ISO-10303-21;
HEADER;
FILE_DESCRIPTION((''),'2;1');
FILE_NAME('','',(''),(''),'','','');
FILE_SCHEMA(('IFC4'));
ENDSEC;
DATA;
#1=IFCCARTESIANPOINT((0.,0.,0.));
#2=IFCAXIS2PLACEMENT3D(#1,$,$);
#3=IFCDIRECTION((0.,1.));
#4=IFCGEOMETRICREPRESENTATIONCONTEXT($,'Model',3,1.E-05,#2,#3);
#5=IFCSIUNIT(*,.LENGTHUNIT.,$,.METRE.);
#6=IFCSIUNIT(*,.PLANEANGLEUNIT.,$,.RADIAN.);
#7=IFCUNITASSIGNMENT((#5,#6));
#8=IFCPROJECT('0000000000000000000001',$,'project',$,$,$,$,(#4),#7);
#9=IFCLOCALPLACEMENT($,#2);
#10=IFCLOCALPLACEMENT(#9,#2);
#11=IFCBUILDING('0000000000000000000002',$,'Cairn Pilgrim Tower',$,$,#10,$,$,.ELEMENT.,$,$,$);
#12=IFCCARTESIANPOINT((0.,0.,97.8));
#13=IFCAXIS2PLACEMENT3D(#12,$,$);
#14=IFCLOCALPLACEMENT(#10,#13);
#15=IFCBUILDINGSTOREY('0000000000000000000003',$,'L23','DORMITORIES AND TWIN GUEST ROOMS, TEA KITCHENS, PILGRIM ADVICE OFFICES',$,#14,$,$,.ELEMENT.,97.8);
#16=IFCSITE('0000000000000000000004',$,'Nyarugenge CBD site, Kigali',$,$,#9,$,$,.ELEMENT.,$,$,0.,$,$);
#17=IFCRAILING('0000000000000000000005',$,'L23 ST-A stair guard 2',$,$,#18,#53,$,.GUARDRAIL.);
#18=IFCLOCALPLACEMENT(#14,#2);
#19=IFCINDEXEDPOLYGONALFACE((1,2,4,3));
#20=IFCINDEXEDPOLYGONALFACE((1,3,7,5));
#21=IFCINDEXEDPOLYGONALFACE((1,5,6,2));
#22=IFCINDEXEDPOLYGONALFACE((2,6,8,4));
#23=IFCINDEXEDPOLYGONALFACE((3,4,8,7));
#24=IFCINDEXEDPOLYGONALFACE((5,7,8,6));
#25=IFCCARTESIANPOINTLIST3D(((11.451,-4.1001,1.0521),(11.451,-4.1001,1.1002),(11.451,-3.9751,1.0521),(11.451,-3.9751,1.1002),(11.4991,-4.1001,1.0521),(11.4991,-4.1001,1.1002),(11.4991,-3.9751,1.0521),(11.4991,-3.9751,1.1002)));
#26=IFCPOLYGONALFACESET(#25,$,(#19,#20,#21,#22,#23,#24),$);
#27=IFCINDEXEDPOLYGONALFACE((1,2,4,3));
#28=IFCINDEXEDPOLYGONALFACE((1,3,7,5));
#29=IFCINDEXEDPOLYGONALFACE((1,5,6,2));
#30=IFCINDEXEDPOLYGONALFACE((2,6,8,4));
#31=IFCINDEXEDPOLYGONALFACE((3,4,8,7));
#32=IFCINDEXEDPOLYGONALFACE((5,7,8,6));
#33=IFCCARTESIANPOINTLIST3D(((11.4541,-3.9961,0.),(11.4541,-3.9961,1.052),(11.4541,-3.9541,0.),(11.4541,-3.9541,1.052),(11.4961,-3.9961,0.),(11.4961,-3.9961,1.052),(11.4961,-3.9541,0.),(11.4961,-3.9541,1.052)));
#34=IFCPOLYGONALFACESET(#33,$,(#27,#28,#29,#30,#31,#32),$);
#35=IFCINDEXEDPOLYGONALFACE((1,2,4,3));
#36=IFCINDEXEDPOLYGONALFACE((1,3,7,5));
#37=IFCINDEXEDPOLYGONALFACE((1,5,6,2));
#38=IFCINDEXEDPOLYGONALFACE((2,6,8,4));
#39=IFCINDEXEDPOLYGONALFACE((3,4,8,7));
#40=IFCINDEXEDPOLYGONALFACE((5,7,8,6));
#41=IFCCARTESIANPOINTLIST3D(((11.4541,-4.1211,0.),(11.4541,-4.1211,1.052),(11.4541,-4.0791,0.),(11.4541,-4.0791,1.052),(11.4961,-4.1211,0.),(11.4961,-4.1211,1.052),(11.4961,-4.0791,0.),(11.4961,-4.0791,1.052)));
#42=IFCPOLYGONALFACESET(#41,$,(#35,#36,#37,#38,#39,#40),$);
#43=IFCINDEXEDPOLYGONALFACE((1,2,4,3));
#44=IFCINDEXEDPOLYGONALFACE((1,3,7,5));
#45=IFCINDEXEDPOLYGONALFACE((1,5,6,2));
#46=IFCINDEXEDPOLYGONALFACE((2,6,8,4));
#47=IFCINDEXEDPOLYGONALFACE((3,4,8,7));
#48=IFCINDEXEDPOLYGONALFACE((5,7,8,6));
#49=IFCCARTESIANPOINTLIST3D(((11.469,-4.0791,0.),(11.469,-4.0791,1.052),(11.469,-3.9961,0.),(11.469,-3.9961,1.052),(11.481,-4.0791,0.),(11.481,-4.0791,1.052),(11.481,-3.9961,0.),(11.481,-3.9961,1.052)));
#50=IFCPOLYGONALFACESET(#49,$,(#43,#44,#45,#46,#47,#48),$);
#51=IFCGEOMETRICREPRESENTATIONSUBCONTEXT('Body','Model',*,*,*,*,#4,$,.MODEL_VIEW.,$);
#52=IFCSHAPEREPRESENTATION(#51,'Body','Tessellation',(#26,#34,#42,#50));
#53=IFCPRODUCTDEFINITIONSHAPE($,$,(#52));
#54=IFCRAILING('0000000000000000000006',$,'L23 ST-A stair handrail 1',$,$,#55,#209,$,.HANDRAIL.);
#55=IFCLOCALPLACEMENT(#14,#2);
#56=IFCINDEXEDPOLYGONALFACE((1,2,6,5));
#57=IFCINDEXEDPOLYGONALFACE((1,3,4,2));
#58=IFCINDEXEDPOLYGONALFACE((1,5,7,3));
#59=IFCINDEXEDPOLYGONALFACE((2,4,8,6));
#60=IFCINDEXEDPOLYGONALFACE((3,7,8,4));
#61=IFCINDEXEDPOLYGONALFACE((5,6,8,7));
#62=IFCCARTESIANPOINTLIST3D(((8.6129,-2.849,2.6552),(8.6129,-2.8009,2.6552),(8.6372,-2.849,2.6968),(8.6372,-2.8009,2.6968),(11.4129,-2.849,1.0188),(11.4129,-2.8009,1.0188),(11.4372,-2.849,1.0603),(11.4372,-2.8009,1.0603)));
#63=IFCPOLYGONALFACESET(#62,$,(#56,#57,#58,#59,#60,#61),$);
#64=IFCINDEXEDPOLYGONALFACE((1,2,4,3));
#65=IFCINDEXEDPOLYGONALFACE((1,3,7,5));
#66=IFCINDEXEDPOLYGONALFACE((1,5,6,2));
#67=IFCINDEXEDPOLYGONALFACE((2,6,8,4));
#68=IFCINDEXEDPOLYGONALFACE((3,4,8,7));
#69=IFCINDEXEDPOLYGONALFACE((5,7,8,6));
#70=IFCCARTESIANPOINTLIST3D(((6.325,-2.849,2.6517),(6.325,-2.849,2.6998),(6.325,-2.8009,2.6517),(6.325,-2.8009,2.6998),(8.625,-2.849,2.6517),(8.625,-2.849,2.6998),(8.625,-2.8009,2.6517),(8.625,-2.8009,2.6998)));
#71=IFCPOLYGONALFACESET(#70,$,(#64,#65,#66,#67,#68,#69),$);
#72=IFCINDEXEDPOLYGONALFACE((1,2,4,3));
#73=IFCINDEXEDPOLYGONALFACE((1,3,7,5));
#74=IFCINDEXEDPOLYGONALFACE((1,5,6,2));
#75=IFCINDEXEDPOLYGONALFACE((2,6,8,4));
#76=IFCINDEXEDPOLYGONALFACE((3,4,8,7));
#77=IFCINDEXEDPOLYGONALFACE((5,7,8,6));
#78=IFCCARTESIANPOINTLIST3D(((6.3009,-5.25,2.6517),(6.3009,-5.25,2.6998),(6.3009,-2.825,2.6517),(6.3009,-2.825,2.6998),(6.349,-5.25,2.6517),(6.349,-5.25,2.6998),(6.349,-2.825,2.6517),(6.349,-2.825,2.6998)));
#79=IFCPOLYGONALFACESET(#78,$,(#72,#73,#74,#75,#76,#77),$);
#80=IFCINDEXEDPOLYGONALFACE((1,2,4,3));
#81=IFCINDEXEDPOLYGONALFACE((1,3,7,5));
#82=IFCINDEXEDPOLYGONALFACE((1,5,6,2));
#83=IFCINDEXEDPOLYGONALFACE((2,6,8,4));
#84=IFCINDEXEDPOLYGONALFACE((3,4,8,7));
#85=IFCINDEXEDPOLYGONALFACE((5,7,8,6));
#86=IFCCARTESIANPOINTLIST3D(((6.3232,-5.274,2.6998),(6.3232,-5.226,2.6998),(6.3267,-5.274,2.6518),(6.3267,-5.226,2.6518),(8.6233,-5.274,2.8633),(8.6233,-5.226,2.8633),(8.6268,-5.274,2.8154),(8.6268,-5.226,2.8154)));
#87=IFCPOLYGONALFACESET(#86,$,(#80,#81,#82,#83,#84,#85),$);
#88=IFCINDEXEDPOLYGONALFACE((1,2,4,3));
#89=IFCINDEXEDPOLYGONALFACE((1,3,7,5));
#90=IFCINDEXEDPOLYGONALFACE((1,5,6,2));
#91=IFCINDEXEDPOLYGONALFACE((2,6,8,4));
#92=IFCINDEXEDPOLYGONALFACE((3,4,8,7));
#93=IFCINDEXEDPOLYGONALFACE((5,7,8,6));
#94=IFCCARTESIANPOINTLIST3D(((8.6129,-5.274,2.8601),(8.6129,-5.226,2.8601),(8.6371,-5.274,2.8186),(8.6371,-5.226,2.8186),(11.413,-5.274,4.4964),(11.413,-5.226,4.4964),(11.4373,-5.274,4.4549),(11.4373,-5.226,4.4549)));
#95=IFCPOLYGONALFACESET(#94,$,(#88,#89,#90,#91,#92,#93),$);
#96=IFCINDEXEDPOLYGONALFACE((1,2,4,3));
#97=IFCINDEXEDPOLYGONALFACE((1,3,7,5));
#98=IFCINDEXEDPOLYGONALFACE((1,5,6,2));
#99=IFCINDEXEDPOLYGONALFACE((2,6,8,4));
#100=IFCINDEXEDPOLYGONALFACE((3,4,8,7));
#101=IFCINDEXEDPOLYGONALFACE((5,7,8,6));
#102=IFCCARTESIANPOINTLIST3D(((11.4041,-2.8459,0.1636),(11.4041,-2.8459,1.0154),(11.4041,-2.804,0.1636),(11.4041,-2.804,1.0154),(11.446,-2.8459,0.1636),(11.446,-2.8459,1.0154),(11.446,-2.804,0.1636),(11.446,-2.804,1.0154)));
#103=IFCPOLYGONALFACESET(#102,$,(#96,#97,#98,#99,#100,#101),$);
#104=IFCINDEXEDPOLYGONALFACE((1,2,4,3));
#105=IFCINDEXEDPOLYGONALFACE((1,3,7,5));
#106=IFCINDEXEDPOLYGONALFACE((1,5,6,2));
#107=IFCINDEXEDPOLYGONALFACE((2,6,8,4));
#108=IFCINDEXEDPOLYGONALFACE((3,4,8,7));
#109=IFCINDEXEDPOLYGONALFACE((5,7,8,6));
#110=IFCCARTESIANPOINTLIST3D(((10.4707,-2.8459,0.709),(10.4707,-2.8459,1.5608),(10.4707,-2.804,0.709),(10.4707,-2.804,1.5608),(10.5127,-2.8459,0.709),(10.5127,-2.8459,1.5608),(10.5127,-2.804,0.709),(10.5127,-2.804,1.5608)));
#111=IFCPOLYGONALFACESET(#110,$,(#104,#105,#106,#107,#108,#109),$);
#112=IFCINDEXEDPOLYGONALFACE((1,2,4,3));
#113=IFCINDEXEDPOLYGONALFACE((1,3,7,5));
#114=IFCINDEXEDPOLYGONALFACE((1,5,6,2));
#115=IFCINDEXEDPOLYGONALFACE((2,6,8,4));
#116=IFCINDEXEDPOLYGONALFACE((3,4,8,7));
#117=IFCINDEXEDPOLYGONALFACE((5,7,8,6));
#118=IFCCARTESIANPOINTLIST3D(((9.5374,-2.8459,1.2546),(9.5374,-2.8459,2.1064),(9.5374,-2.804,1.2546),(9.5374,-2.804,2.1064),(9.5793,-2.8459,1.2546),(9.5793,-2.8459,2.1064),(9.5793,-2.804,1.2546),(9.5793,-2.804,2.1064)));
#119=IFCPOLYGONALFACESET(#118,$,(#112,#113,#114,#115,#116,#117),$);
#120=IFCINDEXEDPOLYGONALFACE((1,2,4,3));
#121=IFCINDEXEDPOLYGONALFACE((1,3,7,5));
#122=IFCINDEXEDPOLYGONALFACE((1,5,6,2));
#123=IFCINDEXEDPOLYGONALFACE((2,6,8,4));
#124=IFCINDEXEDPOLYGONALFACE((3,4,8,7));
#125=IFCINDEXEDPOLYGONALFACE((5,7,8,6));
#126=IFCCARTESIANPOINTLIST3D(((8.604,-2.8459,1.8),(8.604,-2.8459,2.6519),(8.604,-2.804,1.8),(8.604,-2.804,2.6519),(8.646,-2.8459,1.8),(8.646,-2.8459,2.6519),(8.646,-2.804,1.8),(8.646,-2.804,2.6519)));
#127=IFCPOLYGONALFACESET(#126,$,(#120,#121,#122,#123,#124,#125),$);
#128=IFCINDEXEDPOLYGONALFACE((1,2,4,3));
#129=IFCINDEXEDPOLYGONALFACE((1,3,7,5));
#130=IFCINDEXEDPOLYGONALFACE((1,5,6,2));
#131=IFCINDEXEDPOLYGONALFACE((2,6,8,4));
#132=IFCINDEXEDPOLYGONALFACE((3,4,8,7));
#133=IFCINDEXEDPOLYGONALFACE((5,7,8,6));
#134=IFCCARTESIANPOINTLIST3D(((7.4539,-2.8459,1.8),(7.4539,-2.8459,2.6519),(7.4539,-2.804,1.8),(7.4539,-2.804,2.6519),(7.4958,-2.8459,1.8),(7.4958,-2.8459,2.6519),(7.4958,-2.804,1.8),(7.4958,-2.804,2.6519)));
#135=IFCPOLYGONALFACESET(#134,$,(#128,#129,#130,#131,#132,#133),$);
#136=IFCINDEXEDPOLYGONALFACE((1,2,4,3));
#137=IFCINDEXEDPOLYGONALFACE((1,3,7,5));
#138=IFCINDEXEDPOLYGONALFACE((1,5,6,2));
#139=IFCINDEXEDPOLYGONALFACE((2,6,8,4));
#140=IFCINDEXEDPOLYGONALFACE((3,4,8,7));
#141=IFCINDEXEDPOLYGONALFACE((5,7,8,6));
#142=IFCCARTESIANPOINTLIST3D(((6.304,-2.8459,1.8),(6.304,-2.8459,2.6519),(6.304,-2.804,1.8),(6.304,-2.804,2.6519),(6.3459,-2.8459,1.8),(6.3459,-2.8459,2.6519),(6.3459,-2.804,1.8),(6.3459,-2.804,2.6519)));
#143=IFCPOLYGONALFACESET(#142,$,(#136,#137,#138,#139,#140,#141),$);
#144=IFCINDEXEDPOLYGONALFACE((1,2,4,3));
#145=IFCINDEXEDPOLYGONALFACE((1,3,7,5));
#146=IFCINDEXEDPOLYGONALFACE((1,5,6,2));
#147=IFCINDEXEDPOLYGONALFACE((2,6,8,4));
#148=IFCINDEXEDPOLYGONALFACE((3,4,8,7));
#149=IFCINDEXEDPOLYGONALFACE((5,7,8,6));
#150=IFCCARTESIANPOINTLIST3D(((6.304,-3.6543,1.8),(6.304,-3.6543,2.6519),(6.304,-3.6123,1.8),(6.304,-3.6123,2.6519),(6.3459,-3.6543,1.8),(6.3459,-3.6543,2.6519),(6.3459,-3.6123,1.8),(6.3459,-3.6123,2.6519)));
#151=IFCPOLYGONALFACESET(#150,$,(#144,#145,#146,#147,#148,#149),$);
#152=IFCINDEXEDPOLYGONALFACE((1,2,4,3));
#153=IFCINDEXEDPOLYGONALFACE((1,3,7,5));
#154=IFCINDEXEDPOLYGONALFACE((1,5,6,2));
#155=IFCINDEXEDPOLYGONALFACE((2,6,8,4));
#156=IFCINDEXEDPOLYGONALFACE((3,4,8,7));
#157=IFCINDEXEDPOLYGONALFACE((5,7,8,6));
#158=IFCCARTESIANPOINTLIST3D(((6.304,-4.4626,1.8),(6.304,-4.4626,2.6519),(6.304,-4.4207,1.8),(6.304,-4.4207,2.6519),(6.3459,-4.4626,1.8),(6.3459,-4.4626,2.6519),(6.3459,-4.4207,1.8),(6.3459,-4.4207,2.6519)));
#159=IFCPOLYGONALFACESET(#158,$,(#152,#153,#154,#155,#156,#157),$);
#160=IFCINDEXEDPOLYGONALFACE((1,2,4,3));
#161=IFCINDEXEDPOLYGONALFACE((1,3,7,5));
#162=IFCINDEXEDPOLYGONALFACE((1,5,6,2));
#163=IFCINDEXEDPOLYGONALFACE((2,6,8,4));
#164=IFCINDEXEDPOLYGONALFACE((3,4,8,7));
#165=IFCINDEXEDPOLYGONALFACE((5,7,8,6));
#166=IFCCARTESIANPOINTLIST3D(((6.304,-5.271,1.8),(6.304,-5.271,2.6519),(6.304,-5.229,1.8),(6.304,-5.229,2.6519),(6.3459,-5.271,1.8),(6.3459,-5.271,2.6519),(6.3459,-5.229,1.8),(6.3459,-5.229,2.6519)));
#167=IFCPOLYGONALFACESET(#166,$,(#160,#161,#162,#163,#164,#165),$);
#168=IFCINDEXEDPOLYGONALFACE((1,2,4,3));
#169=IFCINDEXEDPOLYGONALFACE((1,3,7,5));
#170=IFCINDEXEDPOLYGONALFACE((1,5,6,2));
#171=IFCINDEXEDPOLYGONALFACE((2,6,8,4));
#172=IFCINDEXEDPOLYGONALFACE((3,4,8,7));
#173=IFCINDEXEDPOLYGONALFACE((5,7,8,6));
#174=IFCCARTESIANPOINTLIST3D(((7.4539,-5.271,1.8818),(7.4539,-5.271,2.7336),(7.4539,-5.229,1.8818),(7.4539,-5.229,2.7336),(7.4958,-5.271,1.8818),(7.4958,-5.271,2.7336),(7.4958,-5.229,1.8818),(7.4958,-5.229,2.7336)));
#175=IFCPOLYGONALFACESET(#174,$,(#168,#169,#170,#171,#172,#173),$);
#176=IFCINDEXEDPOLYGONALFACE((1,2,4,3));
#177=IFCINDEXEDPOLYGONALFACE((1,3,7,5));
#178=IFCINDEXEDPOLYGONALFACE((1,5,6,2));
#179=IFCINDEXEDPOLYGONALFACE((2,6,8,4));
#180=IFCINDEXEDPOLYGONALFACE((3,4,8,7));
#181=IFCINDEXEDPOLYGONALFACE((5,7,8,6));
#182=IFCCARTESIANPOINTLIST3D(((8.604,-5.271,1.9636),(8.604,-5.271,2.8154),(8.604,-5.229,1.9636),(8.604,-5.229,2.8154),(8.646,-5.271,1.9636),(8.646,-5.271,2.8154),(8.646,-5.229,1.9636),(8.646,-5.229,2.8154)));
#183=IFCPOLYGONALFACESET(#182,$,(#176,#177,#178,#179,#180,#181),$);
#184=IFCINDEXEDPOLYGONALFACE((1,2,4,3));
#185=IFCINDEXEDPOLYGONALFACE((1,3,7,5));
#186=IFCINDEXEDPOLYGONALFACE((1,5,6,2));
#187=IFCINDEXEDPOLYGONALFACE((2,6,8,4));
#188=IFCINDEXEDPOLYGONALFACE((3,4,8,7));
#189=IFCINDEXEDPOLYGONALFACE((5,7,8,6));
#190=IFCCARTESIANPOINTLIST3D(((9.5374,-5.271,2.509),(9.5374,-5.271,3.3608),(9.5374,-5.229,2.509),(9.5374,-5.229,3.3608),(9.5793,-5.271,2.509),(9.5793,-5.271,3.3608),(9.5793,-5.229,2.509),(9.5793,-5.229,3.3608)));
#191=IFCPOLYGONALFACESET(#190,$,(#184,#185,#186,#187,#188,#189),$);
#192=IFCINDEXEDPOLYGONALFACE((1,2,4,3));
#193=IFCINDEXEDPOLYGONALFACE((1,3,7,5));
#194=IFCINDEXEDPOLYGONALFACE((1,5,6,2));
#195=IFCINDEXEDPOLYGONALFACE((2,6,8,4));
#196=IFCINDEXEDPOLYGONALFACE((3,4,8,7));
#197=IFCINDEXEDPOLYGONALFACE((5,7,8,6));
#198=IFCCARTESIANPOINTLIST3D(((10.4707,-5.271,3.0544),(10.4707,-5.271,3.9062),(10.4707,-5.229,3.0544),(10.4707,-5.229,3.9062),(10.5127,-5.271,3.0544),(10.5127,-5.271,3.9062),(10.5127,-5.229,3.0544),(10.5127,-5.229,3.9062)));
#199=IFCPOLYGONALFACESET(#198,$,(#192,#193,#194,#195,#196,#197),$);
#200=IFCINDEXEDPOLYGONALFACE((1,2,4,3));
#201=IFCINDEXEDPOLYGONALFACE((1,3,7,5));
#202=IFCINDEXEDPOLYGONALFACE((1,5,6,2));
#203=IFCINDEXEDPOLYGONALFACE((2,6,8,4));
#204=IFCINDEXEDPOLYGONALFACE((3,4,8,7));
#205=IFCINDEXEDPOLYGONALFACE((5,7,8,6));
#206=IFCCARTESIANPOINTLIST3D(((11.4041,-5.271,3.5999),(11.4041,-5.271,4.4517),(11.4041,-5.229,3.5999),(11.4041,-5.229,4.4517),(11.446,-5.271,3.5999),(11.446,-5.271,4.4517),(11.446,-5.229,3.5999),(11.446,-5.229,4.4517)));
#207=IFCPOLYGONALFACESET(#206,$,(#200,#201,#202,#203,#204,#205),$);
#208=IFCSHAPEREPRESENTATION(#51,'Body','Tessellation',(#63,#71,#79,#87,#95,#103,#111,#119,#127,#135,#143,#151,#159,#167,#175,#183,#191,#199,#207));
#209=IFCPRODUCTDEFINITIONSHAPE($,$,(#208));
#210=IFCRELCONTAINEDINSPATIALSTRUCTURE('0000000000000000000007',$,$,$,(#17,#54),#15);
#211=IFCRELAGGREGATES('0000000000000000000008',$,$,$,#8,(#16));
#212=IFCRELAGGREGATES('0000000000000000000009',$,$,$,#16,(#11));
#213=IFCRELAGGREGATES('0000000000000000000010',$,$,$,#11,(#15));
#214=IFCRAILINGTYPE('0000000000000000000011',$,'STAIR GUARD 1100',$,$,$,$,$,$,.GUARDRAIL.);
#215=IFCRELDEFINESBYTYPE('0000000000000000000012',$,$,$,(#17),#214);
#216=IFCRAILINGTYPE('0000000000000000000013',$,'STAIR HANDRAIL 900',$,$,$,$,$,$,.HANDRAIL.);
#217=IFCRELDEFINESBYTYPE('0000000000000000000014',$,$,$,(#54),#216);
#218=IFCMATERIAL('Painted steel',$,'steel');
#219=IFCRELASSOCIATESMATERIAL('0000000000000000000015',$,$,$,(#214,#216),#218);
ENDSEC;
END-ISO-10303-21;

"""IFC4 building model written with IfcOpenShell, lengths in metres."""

from ifc_helpers import new_model, si_unit, direction, frame, origin, origin_2d, place, context, subcontext, project, spatial, polyline, rectangle, outline, extrude, material, type_object, element, save


model = new_model("IFC4")

# Units and contexts
model_context = context("Model", 3, precision=1e-05, world=origin(), true_north=direction((0.0, 1.0)))
body_context = subcontext(model_context, "Body", "Model", "MODEL_VIEW")
ifc_project = project(units=[si_unit("LENGTHUNIT", "METRE"), si_unit("PLANEANGLEUNIT", "RADIAN")], contexts=[model_context])

# Site, building, storey
site_placement = place(None, origin())
site = spatial("IfcSite", under=ifc_project, at=site_placement, Name="Nyarugenge CBD site, Kigali", CompositionType="ELEMENT", RefElevation=0.0)
building_placement = place(site_placement, origin())
building = spatial("IfcBuilding", under=site, at=building_placement, Name="Cairn Pilgrim Tower", CompositionType="ELEMENT")
storey_placement = place(building_placement, frame((0.0, 0.0, 97.8)))
storey = spatial("IfcBuildingStorey", under=building, at=storey_placement, Name="L23", Description="DORMITORIES AND TWIN GUEST ROOMS, TEA KITCHENS, PILGRIM ADVICE OFFICES", CompositionType="ELEMENT", Elevation=97.8)

# Shared definitions
ifc_material_1 = material(Name="Painted steel", Category="steel")

# Railings
railing_type_1 = type_object("IfcRailingType", Name="STAIR GUARD 1100", PredefinedType="GUARDRAIL", material=ifc_material_1)
railing_1_placement = place(storey_placement, frame((11.4751, -3.9751, 0.0)))
element("IfcRailing", 1, at=railing_1_placement, inside=storey, type_object=railing_type_1, Name="L23 ST-A stair guard 2", PredefinedType="GUARDRAIL", context=body_context, shape_type="SweptSolid", body=[
    extrude(rectangle(XDim=0.0481, YDim=0.0481, at=origin_2d()), frame((0.0, 0.0, 1.0762), z_axis=(0.0, -1.0, 0.0), x_axis=(1.0, 0.0, 0.0)), (0.0, 0.0, 1.0), 0.125),
    extrude(rectangle(XDim=0.042, YDim=0.042, at=origin_2d()), origin(), (0.0, 0.0, 1.0), 1.052),
    extrude(rectangle(XDim=0.042, YDim=0.042, at=origin_2d()), frame((0.0, -0.125, 0.0)), (0.0, 0.0, 1.0), 1.052),
    extrude(outline(polyline([(0.021, 0.0), (0.104, 0.0), (0.104, 1.052), (0.021, 1.052), (0.021, 0.0)])), frame((0.0059, 0.0, 0.0), z_axis=(-1.0, 0.0, 0.0), x_axis=(0.0, -1.0, 0.0)), (0.0, 0.0, 1.0), 0.012),
])
railing_type_2 = type_object("IfcRailingType", Name="STAIR HANDRAIL 900", PredefinedType="HANDRAIL", material=ifc_material_1)
railing_2_placement = place(storey_placement, frame((11.425, -2.825, 0.1636)))
element("IfcRailing", 2, at=railing_2_placement, inside=storey, type_object=railing_type_2, Name="L23 ST-A stair handrail 1", PredefinedType="HANDRAIL", context=body_context, shape_type="SweptSolid", body=[
    extrude(rectangle(XDim=0.0481, YDim=0.0481, at=origin_2d()), frame((0.0, 0.0, 0.876), z_axis=(-0.863361, 0.0, 0.504587), x_axis=(0.0, -1.0, 0.0)), (0.0, 0.0, 1.0), 3.2432),
    extrude(rectangle(XDim=0.0481, YDim=0.0481, at=origin_2d()), frame((-2.8, 0.0, 2.5122), z_axis=(-1.0, 0.0, 0.0), x_axis=(0.0, -1.0, 0.0)), (0.0, 0.0, 1.0), 2.3),
    extrude(rectangle(XDim=0.0481, YDim=0.0481, at=origin_2d()), frame((-5.1001, 0.0, 2.5122), z_axis=(0.0, -1.0, 0.0), x_axis=(1.0, 0.0, 0.0)), (0.0, 0.0, 1.0), 2.425),
    extrude(rectangle(XDim=0.0481, YDim=0.0481, at=origin_2d()), frame((-5.1001, -2.425, 2.5122), z_axis=(0.997481, 0.0, 0.070939), x_axis=(0.0, 1.0, 0.0)), (0.0, 0.0, 1.0), 2.3059),
    extrude(rectangle(XDim=0.0481, YDim=0.0481, at=origin_2d()), frame((-2.8, -2.425, 2.6758), z_axis=(0.863394, 0.0, 0.504531), x_axis=(0.0, 1.0, 0.0)), (0.0, 0.0, 1.0), 3.2432),
    extrude(rectangle(XDim=0.042, YDim=0.042, at=origin_2d()), origin(), (0.0, 0.0, 1.0), 0.8518),
    extrude(rectangle(XDim=0.042, YDim=0.042, at=origin_2d()), frame((-0.9333, 0.0, 0.5454)), (0.0, 0.0, 1.0), 0.8518),
    extrude(rectangle(XDim=0.042, YDim=0.042, at=origin_2d()), frame((-1.8667, 0.0, 1.0911)), (0.0, 0.0, 1.0), 0.8518),
    extrude(rectangle(XDim=0.042, YDim=0.042, at=origin_2d()), frame((-2.8, 0.0, 1.6365)), (0.0, 0.0, 1.0), 0.8518),
    extrude(rectangle(XDim=0.042, YDim=0.042, at=origin_2d()), frame((-3.9502, 0.0, 1.6365)), (0.0, 0.0, 1.0), 0.8518),
    extrude(rectangle(XDim=0.042, YDim=0.042, at=origin_2d()), frame((-5.1001, 0.0, 1.6365)), (0.0, 0.0, 1.0), 0.8518),
    extrude(rectangle(XDim=0.042, YDim=0.042, at=origin_2d()), frame((-5.1001, -0.8083, 1.6365)), (0.0, 0.0, 1.0), 0.8518),
    extrude(rectangle(XDim=0.042, YDim=0.042, at=origin_2d()), frame((-5.1001, -1.6167, 1.6365)), (0.0, 0.0, 1.0), 0.8518),
    extrude(rectangle(XDim=0.042, YDim=0.042, at=origin_2d()), frame((-5.1001, -2.425, 1.6365)), (0.0, 0.0, 1.0), 0.8518),
    extrude(rectangle(XDim=0.042, YDim=0.042, at=origin_2d()), frame((-3.9502, -2.425, 1.7183)), (0.0, 0.0, 1.0), 0.8518),
    extrude(rectangle(XDim=0.042, YDim=0.042, at=origin_2d()), frame((-2.8, -2.425, 1.8)), (0.0, 0.0, 1.0), 0.8518),
    extrude(rectangle(XDim=0.042, YDim=0.042, at=origin_2d()), frame((-1.8667, -2.425, 2.3455)), (0.0, 0.0, 1.0), 0.8518),
    extrude(rectangle(XDim=0.042, YDim=0.042, at=origin_2d()), frame((-0.9333, -2.425, 2.8909)), (0.0, 0.0, 1.0), 0.8518),
    extrude(rectangle(XDim=0.042, YDim=0.042, at=origin_2d()), frame((0.0, -2.425, 3.4363)), (0.0, 0.0, 1.0), 0.8518),
])

save(model, "model.ifc")
